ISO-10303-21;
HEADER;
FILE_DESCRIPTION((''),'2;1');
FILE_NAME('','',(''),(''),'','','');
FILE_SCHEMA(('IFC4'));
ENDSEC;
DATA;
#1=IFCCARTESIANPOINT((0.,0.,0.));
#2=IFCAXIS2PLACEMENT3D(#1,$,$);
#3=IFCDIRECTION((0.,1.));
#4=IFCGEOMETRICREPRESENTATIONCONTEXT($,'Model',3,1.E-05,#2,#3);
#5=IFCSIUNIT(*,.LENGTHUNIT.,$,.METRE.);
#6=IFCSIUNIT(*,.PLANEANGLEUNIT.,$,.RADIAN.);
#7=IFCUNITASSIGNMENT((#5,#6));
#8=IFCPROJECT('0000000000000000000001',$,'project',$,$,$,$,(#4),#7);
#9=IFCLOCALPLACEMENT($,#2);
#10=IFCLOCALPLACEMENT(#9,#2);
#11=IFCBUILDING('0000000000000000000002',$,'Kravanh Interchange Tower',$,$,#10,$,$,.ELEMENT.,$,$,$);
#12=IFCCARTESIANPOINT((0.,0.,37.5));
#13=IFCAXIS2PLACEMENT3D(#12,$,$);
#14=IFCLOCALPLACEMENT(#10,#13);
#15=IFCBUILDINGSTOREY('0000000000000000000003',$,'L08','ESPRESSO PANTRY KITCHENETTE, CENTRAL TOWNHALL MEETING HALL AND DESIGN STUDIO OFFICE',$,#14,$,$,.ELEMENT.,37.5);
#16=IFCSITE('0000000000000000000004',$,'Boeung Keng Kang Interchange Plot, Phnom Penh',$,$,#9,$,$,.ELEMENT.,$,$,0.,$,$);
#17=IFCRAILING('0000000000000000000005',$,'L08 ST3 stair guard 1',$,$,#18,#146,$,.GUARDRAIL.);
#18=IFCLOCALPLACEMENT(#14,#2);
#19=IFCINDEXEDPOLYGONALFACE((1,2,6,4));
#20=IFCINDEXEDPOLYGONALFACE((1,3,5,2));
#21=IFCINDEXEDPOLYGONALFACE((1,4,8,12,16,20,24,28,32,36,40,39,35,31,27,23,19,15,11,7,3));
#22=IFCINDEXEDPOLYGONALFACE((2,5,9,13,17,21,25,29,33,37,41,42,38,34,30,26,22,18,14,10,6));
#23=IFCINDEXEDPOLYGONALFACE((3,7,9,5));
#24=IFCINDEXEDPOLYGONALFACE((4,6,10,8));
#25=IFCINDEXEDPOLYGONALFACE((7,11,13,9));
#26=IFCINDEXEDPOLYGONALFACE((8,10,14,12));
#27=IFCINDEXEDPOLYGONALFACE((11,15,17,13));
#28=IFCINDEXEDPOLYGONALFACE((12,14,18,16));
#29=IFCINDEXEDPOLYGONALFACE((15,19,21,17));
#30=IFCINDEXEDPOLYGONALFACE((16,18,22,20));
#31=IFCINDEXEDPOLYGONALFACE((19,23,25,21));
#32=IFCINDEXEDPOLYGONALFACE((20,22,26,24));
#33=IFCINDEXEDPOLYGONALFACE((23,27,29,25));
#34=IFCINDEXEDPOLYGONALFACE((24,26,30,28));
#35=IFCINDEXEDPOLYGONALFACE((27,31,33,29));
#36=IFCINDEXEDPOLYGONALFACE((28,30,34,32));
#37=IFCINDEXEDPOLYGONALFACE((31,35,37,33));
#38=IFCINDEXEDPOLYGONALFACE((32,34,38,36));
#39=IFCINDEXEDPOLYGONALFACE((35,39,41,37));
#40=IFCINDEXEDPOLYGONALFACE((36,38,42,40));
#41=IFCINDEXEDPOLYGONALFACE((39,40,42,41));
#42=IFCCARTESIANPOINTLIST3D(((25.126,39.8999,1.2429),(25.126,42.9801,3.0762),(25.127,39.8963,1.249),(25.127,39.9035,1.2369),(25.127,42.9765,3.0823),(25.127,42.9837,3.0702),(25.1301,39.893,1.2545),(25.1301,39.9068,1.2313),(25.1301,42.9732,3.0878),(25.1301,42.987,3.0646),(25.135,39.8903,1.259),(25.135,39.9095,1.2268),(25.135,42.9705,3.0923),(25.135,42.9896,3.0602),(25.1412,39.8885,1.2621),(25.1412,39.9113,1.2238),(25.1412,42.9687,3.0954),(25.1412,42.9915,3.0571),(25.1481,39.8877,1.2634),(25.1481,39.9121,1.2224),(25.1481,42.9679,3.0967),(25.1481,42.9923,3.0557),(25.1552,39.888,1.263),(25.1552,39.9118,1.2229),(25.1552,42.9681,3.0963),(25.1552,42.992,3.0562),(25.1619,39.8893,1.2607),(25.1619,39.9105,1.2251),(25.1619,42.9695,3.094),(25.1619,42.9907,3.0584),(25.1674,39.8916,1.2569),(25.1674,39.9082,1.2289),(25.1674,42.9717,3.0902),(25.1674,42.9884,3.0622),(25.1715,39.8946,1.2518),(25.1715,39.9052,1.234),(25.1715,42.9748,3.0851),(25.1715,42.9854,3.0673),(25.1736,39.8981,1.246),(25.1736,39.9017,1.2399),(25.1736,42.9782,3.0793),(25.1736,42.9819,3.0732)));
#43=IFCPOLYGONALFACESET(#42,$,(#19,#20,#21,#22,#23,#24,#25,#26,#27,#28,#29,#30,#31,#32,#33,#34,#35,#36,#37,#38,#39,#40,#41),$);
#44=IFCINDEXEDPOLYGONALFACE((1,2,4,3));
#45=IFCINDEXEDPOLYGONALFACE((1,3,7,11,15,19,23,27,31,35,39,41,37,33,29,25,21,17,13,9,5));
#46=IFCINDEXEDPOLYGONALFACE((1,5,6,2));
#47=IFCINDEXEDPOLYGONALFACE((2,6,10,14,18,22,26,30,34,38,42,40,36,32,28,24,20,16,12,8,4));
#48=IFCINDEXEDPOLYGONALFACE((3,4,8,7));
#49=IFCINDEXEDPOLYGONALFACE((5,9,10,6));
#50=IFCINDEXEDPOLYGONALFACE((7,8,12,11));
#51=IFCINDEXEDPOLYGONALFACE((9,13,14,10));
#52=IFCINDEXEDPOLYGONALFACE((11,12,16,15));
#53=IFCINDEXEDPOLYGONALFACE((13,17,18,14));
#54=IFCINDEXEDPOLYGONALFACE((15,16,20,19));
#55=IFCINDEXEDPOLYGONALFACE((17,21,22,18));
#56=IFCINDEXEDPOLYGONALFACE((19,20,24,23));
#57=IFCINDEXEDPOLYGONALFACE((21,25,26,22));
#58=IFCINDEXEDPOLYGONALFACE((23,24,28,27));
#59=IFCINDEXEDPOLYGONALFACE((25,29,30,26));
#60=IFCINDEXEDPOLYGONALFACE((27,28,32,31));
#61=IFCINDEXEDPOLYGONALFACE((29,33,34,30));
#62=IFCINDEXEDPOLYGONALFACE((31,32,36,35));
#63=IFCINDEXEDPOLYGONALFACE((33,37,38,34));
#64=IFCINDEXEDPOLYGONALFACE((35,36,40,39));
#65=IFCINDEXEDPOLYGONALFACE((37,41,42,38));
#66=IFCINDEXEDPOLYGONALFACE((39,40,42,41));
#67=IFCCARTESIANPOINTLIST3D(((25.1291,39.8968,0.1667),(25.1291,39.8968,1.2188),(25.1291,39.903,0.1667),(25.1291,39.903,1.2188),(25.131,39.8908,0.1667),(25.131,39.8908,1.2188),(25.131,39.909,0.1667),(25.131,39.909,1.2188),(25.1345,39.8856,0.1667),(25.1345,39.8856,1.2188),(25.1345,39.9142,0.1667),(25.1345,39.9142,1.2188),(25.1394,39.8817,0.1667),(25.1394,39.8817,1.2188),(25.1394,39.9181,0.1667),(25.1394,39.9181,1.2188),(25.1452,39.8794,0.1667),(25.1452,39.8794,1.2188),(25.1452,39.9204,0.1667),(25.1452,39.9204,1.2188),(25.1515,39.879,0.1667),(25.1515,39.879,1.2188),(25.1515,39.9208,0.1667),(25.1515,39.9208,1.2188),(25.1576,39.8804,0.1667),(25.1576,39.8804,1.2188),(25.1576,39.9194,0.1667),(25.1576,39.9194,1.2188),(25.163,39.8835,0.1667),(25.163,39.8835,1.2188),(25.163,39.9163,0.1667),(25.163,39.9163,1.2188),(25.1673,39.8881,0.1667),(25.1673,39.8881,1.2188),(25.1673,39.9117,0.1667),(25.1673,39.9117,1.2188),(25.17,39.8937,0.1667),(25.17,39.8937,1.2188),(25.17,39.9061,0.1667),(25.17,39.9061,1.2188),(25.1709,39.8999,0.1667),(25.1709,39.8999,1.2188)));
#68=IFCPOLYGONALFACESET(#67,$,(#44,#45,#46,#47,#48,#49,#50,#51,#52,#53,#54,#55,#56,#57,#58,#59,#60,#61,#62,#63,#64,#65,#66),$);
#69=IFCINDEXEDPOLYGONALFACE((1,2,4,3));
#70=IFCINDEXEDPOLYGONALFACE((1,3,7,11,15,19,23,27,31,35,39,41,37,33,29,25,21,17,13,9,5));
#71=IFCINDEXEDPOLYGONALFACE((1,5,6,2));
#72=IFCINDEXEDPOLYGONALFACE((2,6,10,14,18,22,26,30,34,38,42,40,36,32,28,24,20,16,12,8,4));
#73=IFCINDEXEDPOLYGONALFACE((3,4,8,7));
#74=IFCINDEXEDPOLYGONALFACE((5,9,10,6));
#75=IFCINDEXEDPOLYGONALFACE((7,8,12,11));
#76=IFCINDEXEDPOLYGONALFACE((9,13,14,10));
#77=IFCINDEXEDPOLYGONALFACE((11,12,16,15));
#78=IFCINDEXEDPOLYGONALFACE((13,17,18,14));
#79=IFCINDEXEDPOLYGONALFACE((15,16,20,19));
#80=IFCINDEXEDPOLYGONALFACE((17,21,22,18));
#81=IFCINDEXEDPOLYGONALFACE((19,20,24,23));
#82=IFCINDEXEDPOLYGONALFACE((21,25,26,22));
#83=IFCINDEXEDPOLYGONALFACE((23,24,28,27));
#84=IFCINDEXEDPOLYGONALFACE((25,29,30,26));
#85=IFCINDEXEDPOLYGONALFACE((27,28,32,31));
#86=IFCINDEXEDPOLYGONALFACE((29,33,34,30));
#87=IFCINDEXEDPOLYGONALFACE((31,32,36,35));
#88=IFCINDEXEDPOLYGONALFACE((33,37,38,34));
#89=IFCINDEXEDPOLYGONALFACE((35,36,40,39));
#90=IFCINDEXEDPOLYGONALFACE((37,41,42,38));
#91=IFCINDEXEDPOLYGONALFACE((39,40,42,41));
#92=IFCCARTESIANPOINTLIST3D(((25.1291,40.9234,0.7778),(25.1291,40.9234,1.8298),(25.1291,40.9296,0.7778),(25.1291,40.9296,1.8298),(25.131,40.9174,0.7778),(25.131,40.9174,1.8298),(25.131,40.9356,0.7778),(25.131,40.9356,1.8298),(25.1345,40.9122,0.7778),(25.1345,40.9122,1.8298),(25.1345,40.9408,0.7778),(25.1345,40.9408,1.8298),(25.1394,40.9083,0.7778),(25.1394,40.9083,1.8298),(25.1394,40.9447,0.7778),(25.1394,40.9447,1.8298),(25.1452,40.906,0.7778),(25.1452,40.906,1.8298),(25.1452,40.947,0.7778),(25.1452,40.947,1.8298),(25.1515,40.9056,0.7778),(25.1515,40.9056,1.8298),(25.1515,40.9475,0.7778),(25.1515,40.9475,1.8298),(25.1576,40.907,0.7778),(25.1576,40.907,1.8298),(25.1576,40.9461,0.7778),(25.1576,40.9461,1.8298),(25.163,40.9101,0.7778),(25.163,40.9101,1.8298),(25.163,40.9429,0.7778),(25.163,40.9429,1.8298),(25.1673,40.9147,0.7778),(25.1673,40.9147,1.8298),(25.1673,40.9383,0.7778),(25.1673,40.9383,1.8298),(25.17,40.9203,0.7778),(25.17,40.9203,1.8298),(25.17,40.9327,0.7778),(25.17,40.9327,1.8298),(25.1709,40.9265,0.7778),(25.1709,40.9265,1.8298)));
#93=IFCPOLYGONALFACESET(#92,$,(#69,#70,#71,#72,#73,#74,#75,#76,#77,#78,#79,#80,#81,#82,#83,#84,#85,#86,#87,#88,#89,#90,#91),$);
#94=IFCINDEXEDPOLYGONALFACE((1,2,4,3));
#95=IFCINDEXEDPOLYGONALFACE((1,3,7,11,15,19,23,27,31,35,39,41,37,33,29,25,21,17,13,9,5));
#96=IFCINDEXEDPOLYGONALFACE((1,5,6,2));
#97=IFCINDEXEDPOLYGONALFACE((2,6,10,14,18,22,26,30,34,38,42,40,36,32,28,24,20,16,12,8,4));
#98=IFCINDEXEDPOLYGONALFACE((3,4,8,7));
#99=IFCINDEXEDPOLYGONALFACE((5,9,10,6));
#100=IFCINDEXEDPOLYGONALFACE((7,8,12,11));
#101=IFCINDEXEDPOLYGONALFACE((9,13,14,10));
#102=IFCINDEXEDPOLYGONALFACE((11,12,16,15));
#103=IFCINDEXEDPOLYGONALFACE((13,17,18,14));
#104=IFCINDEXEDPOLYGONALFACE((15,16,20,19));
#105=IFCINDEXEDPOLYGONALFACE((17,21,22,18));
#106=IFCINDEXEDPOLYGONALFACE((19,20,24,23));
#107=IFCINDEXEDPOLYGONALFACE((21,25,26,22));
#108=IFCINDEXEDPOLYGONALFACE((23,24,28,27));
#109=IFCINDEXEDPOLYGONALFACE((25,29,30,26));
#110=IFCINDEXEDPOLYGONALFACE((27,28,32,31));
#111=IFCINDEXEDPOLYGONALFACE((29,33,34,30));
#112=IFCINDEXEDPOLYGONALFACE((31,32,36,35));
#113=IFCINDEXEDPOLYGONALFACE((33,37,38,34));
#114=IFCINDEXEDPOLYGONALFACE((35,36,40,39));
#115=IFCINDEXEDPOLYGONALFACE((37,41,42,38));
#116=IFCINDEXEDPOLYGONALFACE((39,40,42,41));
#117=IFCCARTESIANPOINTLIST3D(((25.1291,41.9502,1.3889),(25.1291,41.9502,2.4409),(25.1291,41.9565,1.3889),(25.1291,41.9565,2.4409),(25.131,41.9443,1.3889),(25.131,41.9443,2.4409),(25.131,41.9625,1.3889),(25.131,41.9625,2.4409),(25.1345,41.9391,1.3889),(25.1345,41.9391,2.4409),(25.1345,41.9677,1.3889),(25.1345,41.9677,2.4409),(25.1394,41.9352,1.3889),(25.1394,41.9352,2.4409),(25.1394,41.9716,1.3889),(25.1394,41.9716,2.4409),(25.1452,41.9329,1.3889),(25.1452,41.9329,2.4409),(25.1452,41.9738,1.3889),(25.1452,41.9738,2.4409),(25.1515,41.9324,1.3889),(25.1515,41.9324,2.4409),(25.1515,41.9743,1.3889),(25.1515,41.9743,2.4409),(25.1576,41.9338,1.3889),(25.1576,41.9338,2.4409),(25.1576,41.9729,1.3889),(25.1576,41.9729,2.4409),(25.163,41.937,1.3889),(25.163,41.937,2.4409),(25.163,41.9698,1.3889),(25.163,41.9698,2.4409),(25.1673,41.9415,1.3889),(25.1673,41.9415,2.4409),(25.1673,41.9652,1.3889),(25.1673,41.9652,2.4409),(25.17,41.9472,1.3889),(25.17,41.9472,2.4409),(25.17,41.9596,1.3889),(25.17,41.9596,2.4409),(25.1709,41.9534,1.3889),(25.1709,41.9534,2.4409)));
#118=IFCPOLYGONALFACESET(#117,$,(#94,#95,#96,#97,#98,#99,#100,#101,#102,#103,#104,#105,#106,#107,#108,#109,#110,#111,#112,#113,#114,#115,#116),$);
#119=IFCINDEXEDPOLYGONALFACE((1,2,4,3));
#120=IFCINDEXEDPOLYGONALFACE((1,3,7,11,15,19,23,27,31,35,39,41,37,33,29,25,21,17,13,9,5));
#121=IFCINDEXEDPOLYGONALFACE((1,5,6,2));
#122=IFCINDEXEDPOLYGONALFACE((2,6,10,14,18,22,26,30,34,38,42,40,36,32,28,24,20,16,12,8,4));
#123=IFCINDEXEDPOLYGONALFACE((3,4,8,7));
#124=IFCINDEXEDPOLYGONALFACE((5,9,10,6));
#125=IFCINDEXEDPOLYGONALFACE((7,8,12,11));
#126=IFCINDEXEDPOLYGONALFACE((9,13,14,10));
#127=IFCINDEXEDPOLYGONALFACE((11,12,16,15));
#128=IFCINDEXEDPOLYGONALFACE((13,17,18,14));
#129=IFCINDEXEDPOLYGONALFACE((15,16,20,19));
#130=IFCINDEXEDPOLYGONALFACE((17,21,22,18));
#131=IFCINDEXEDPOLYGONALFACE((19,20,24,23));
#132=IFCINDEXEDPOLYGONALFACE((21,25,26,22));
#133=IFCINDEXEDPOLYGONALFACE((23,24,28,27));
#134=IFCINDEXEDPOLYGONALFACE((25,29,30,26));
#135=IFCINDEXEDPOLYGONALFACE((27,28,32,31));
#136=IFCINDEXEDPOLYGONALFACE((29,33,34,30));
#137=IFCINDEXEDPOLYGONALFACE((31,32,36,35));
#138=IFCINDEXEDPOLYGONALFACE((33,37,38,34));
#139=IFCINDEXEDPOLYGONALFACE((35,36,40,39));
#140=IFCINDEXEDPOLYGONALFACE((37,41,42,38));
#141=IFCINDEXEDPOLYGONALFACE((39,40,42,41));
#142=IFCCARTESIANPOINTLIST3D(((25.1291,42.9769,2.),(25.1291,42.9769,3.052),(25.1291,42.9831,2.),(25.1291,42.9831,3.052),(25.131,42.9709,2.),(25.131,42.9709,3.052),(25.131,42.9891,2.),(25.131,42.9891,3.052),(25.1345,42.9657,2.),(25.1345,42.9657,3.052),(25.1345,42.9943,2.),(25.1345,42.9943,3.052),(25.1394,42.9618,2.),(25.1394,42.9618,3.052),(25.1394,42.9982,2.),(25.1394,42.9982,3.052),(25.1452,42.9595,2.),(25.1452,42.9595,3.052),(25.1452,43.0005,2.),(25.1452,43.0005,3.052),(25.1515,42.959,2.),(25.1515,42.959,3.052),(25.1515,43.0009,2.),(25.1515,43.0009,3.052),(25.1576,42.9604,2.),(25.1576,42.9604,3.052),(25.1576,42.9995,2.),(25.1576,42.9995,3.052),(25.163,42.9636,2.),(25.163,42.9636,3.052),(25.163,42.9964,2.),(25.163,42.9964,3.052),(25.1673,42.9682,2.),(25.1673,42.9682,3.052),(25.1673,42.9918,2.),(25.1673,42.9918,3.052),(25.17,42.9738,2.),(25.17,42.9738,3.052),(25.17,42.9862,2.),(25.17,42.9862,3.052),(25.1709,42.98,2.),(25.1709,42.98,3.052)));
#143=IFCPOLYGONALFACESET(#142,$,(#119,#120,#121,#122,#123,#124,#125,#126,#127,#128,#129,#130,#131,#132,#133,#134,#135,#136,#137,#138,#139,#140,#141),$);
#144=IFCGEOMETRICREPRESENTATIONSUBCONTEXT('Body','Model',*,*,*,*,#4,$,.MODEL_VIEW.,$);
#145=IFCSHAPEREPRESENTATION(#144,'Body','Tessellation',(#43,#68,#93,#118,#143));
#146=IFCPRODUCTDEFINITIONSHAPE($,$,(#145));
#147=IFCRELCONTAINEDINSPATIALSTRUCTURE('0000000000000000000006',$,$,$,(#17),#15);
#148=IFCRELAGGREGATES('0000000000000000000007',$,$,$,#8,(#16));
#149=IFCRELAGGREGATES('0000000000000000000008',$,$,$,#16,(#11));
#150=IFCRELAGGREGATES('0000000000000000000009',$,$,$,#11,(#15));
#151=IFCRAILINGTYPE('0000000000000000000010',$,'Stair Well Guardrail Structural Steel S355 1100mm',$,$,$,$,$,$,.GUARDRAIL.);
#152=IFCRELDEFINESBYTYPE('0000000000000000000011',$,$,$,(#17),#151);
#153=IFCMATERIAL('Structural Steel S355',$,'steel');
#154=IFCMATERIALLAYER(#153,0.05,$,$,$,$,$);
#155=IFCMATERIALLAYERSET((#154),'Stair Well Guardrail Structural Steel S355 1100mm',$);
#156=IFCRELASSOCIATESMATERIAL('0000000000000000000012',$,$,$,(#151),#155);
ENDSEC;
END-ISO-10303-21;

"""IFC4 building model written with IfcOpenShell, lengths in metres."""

from ifc_helpers import new_model, si_unit, direction, frame, origin, origin_2d, place, context, subcontext, project, spatial, circle, extrude, material, layer, layer_set, type_object, element, save


model = new_model("IFC4")

# Units and contexts
model_context = context("Model", 3, precision=1e-05, world=origin(), true_north=direction((0.0, 1.0)))
body_context = subcontext(model_context, "Body", "Model", "MODEL_VIEW")
ifc_project = project(units=[si_unit("LENGTHUNIT", "METRE"), si_unit("PLANEANGLEUNIT", "RADIAN")], contexts=[model_context])

# Site, building, storey
site_placement = place(None, origin())
site = spatial("IfcSite", under=ifc_project, at=site_placement, Name="Boeung Keng Kang Interchange Plot, Phnom Penh", CompositionType="ELEMENT", RefElevation=0.0)
building_placement = place(site_placement, origin())
building = spatial("IfcBuilding", under=site, at=building_placement, Name="Kravanh Interchange Tower", CompositionType="ELEMENT")
storey_placement = place(building_placement, frame((0.0, 0.0, 37.5)))
storey = spatial("IfcBuildingStorey", under=building, at=storey_placement, Name="L08", Description="ESPRESSO PANTRY KITCHENETTE, CENTRAL TOWNHALL MEETING HALL AND DESIGN STUDIO OFFICE", CompositionType="ELEMENT", Elevation=37.5)

# Railing
ifc_material_1 = material(Name="Structural Steel S355", Category="steel")
ifc_layer_1 = layer(ifc_material_1, 0.05)
ifc_layer_set_1 = layer_set([ifc_layer_1], Name="Stair Well Guardrail Structural Steel S355 1100mm")
railing_type_1 = type_object("IfcRailingType", Name="Stair Well Guardrail Structural Steel S355 1100mm", PredefinedType="GUARDRAIL", material=ifc_layer_set_1)
railing_1_placement = place(storey_placement, frame((25.1499, 39.8999, 0.1667)))
element("IfcRailing", 1, at=railing_1_placement, inside=storey, type_object=railing_type_1, Name="L08 ST3 stair guard 1", PredefinedType="GUARDRAIL", context=body_context, shape_type="SweptSolid", body=[
    extrude(circle(Radius=0.0239, at=origin_2d()), frame((0.0, 0.0, 1.0762), z_axis=(0.0, 0.859309, 0.511458), x_axis=(-1.0, 0.0, 0.0)), (0.0, 0.0, 1.0), 3.5845),
    extrude(circle(Radius=0.021, at=origin_2d()), origin(), (0.0, 0.0, 1.0), 1.052),
    extrude(circle(Radius=0.021, at=origin_2d()), frame((0.0, 1.0266, 0.6111)), (0.0, 0.0, 1.0), 1.052),
    extrude(circle(Radius=0.021, at=origin_2d()), frame((0.0, 2.0535, 1.2222)), (0.0, 0.0, 1.0), 1.052),
    extrude(circle(Radius=0.021, at=origin_2d()), frame((0.0, 3.0801, 1.8333)), (0.0, 0.0, 1.0), 1.052),
])

save(model, "model.ifc")
